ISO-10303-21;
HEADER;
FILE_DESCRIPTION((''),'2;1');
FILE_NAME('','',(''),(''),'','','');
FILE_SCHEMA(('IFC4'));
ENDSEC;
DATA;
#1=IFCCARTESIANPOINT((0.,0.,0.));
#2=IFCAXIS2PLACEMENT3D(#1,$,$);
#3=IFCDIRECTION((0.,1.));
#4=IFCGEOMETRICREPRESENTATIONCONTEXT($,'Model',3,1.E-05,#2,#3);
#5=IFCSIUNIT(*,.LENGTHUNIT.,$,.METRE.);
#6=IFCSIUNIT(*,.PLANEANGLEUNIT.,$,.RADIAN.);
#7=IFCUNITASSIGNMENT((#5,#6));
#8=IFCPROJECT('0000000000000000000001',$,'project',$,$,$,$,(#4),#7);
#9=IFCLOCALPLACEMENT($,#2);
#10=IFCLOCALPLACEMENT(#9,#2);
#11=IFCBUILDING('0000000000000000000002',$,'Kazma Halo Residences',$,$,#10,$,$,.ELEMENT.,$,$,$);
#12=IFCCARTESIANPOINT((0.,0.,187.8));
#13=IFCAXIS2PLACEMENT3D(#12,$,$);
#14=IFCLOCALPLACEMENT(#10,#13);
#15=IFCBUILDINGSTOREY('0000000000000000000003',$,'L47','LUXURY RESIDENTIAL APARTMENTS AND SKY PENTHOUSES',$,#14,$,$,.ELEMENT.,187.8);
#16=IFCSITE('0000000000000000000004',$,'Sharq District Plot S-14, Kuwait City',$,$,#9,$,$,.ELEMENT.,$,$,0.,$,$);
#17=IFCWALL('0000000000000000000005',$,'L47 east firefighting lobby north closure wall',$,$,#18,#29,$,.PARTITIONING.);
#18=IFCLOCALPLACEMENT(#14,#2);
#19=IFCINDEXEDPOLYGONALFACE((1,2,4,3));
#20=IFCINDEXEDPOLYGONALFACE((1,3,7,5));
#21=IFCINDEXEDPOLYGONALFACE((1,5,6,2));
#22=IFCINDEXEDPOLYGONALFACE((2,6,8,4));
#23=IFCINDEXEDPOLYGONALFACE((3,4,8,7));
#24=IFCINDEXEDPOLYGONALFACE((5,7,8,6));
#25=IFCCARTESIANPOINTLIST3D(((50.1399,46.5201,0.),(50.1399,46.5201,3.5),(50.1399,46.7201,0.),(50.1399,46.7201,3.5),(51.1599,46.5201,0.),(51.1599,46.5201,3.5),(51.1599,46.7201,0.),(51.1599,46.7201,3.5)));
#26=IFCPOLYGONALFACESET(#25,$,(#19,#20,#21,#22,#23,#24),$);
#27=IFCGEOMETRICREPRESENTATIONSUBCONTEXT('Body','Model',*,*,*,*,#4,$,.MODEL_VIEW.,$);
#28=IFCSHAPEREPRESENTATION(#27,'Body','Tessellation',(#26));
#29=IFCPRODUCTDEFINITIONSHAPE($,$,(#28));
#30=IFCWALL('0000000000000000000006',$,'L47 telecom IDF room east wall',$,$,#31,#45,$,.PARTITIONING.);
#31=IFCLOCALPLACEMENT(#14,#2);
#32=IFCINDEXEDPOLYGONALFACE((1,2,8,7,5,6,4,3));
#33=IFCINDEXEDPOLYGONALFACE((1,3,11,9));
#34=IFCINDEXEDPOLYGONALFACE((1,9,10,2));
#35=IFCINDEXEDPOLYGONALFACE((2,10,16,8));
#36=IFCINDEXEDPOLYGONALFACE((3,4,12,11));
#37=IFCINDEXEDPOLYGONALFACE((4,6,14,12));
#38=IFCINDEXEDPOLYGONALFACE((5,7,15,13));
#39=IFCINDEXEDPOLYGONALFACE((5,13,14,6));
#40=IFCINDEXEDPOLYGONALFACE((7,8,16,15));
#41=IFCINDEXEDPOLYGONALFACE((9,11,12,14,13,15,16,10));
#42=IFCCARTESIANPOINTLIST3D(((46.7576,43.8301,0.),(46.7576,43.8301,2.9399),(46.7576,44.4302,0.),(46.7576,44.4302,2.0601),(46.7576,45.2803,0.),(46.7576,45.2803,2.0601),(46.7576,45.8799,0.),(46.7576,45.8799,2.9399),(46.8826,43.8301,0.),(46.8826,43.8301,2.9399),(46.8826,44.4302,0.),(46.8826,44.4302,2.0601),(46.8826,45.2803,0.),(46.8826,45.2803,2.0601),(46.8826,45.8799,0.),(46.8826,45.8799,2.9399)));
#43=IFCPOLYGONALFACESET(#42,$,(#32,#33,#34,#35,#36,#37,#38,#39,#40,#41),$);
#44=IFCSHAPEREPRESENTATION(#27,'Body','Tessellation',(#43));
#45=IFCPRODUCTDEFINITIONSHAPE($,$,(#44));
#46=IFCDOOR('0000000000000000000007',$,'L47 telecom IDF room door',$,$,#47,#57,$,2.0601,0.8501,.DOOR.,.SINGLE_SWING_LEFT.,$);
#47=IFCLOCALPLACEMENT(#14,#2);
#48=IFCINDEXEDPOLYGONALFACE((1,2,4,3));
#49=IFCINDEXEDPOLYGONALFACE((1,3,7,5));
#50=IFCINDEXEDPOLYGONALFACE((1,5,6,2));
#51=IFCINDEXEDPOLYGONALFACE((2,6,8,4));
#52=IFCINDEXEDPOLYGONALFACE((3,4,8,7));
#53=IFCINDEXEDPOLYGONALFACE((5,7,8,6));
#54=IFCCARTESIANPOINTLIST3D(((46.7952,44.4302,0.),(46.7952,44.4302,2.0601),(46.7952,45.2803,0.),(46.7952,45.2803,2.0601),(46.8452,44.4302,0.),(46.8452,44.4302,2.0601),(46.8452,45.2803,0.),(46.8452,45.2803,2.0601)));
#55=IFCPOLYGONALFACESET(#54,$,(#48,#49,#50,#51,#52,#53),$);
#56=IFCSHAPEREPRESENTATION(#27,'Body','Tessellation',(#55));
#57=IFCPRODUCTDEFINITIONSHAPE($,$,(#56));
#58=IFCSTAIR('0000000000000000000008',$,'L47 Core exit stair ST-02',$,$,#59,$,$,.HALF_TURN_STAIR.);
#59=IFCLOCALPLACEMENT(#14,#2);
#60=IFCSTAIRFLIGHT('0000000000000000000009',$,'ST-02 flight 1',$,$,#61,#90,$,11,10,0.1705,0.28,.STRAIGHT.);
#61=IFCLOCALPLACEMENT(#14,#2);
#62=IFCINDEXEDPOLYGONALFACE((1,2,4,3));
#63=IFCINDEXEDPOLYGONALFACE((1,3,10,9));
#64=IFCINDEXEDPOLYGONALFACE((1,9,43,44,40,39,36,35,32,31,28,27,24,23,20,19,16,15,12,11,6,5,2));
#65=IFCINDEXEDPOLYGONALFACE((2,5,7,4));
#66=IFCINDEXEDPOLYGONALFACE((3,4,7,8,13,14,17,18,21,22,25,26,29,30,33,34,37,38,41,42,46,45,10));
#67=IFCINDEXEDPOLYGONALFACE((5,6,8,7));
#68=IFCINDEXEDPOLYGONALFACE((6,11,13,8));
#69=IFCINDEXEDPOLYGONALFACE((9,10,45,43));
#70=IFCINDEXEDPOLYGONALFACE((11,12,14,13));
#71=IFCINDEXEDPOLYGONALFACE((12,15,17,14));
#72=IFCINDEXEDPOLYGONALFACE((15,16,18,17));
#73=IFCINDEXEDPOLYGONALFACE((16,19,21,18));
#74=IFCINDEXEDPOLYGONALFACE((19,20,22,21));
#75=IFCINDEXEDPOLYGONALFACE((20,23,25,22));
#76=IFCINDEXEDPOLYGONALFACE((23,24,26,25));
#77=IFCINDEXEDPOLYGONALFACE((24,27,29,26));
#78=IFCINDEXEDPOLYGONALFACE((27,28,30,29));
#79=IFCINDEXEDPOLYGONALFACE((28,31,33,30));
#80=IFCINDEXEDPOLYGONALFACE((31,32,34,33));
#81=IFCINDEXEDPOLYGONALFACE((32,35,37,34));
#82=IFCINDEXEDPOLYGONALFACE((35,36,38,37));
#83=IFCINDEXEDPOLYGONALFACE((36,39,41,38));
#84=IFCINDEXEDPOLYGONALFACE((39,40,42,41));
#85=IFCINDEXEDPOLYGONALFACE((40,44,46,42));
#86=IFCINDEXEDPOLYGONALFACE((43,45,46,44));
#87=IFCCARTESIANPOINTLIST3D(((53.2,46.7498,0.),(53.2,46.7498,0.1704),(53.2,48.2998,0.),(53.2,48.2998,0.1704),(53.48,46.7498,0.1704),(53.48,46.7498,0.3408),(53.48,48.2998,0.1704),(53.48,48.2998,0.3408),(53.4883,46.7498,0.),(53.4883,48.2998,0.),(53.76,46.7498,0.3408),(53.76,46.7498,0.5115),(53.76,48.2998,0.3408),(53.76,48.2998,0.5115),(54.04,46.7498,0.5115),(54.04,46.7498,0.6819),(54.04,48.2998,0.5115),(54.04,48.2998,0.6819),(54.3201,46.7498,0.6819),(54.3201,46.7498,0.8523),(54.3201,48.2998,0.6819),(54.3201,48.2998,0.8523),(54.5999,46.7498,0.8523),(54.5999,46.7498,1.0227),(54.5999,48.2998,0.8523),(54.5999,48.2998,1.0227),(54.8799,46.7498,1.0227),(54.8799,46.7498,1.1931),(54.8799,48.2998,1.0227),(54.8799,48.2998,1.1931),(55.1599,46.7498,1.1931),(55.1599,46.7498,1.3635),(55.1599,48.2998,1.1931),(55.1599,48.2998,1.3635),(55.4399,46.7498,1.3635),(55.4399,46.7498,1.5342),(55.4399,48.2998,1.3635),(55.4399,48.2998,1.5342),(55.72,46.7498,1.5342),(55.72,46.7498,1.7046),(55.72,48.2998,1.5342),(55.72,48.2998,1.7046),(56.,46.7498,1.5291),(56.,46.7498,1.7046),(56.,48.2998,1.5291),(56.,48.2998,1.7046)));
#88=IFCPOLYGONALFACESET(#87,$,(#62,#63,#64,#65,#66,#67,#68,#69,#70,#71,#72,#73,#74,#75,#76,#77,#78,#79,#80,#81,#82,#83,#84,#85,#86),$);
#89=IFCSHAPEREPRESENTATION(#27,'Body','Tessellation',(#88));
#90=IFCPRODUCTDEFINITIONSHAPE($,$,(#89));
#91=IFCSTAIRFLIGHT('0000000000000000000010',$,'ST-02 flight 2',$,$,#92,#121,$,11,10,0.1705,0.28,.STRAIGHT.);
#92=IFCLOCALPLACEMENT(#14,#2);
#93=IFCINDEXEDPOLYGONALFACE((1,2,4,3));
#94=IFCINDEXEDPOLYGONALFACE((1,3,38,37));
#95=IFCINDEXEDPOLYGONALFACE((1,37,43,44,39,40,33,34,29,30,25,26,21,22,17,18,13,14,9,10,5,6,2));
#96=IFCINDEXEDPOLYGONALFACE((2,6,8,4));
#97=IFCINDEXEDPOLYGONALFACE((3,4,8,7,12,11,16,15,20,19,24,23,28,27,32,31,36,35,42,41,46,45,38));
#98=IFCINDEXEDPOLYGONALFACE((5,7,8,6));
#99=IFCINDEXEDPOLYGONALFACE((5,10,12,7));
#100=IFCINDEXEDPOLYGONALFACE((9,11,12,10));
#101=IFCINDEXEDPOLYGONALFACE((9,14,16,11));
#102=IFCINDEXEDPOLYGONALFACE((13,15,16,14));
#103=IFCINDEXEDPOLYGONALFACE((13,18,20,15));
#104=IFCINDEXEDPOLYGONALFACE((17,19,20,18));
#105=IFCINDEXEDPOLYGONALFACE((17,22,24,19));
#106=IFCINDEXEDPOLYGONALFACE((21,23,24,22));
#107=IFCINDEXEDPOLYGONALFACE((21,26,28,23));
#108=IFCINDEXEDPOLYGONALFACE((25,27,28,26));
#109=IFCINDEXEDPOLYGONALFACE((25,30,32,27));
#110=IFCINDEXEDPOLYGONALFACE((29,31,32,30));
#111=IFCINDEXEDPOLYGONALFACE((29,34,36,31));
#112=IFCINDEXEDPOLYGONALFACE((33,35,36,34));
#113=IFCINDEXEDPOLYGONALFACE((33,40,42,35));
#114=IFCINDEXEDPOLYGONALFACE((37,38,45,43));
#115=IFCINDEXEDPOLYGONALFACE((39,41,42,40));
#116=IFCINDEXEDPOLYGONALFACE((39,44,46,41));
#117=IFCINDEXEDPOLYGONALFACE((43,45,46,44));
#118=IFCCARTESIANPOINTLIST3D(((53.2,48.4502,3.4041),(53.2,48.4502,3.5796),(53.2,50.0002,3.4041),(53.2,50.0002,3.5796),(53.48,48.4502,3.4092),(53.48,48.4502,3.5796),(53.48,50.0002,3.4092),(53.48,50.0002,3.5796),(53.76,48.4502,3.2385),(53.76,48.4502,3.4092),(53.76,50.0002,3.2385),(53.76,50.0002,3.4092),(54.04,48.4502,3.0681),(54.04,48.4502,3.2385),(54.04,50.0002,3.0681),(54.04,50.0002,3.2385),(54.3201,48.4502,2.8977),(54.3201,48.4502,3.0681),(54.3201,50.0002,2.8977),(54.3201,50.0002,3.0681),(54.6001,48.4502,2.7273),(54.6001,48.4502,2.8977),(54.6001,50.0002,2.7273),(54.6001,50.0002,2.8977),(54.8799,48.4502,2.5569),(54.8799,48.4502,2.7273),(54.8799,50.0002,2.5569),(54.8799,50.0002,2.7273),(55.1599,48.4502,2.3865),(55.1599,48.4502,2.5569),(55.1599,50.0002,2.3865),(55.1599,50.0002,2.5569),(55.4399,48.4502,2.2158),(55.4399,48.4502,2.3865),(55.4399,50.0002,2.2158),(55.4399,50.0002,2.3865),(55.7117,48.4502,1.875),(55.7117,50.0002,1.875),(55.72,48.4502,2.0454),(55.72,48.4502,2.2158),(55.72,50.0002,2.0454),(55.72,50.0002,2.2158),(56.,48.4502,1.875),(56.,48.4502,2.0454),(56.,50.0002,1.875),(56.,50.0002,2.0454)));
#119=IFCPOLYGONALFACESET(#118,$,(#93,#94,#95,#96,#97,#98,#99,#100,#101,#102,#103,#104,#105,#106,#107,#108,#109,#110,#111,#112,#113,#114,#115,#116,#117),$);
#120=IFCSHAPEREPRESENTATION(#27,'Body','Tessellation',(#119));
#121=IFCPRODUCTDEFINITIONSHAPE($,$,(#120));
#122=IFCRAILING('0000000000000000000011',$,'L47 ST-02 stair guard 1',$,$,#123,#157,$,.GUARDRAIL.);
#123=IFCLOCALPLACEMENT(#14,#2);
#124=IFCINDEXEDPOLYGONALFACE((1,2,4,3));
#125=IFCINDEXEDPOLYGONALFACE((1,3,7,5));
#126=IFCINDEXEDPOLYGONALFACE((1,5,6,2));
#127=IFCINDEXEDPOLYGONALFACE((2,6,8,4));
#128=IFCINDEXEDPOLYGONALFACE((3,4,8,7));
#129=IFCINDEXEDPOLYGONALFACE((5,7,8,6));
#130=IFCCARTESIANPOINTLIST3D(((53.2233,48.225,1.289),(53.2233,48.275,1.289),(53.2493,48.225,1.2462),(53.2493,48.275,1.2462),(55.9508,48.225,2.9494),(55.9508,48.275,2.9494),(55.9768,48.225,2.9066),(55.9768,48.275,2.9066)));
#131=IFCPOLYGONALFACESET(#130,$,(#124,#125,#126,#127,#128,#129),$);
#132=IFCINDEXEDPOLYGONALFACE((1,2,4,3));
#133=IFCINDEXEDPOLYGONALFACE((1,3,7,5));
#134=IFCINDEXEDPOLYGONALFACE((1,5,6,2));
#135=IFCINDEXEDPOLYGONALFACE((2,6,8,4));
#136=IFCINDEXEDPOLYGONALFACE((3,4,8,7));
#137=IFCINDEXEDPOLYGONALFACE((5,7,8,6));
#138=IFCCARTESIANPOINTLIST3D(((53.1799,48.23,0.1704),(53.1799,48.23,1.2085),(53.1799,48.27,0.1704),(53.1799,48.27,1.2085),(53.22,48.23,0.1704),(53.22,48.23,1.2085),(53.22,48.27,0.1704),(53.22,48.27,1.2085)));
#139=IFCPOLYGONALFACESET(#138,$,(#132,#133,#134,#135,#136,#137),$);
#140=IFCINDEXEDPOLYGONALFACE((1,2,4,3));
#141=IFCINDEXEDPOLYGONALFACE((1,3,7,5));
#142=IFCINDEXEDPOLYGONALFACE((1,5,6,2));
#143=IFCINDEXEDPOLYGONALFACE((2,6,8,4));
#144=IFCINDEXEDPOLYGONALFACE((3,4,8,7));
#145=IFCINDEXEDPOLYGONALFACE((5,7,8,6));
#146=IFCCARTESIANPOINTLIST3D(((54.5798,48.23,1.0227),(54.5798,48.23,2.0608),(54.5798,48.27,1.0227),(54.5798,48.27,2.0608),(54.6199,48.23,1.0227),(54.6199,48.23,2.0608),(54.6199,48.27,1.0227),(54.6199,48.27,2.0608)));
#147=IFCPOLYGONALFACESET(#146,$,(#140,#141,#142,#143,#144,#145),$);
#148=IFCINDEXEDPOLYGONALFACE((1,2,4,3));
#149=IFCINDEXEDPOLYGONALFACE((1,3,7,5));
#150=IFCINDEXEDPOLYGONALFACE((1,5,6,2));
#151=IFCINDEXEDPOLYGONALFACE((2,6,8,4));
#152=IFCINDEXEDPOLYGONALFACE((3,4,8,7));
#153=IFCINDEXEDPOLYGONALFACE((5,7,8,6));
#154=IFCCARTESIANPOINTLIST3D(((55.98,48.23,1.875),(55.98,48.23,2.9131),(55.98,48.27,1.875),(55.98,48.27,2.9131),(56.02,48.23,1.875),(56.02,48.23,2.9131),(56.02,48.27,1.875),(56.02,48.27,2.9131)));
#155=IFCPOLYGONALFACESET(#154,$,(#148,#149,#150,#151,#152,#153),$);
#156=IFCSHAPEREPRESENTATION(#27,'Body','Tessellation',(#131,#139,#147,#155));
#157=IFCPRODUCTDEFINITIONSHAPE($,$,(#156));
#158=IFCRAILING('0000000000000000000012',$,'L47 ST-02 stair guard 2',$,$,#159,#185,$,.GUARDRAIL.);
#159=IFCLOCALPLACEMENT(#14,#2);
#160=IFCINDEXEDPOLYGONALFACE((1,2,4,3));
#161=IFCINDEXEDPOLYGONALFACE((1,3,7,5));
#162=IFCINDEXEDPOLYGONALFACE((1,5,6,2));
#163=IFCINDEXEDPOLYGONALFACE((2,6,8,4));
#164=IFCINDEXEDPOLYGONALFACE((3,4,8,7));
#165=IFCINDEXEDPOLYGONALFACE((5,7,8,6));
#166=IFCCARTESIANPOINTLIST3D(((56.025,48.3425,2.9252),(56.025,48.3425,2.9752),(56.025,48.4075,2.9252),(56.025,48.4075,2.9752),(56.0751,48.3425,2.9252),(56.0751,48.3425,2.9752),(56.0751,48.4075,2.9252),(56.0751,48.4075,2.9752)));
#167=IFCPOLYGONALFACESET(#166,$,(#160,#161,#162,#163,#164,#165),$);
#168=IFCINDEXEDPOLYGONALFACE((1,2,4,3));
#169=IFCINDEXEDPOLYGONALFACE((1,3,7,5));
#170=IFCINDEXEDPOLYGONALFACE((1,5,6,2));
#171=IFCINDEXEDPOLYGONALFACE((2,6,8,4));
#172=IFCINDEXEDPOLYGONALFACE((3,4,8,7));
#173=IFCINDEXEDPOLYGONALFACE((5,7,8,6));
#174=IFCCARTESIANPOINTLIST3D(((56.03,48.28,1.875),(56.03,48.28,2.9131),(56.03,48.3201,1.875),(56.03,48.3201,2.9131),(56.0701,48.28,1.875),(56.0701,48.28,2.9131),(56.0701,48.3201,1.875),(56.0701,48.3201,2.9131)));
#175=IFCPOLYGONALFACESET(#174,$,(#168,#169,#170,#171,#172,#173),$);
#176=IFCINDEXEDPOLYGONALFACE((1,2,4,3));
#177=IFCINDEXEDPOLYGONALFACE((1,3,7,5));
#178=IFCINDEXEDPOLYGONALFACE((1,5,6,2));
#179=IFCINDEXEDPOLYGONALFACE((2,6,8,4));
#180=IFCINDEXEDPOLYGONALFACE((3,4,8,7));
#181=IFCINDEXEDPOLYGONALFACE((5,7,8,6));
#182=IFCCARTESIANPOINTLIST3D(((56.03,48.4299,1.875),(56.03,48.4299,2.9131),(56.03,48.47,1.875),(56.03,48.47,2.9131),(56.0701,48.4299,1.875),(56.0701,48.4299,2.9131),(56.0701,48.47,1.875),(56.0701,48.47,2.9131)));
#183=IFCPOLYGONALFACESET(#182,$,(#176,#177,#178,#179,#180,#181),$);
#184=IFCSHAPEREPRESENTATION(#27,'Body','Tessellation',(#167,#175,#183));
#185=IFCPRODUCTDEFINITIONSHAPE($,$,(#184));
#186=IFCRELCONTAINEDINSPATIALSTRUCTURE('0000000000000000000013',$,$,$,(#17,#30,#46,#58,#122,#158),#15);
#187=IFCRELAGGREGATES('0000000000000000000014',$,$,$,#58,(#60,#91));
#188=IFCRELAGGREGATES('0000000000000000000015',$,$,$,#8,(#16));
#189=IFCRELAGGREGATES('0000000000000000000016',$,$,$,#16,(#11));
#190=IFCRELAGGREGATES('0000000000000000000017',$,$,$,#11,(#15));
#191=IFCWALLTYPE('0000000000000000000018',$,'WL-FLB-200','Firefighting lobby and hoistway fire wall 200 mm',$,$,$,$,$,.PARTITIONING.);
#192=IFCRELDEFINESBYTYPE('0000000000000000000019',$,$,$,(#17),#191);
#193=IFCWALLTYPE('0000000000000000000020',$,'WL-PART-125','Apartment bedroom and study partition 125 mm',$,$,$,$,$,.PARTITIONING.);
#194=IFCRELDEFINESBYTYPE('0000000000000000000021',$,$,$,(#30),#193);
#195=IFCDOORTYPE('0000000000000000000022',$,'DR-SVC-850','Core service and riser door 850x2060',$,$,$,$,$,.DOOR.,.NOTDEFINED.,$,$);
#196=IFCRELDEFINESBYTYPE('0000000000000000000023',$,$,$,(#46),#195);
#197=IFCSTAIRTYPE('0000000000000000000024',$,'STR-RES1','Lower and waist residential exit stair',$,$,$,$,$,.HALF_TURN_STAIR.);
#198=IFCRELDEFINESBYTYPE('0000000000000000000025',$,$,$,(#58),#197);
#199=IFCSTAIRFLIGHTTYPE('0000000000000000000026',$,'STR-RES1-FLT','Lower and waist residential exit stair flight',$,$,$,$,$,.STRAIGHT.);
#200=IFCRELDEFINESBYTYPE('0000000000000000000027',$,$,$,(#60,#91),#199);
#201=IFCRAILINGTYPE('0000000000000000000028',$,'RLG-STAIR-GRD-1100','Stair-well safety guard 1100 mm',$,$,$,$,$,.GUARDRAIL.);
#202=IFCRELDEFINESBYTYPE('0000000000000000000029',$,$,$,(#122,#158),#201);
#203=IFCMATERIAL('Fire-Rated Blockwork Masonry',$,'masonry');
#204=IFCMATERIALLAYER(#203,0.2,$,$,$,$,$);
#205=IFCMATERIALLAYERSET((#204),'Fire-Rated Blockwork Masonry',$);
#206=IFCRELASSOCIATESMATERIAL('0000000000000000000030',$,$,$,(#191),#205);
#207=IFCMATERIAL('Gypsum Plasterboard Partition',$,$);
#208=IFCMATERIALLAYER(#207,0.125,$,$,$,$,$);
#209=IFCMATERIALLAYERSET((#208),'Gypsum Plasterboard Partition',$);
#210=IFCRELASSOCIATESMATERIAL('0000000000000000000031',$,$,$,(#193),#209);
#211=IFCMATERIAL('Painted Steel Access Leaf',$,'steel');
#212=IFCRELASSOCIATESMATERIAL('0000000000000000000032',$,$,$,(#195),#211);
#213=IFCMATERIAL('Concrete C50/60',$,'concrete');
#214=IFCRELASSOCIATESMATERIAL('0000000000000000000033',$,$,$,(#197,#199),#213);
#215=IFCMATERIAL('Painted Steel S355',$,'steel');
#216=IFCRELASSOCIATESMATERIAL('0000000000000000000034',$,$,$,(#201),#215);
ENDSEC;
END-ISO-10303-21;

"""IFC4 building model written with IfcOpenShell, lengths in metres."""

from ifc_helpers import new_model, si_unit, direction, frame, frame_2d, origin, origin_2d, place, context, subcontext, project, spatial, polyline, rectangle, outline, extrude, material, layer, layer_set, type_object, element, fill, aggregate, save


model = new_model("IFC4")

# Units and contexts
model_context = context("Model", 3, precision=1e-05, world=origin(), true_north=direction((0.0, 1.0)))
body_context = subcontext(model_context, "Body", "Model", "MODEL_VIEW")
ifc_project = project(units=[si_unit("LENGTHUNIT", "METRE"), si_unit("PLANEANGLEUNIT", "RADIAN")], contexts=[model_context])

# Site, building, storey
site_placement = place(None, origin())
site = spatial("IfcSite", under=ifc_project, at=site_placement, Name="Sharq District Plot S-14, Kuwait City", CompositionType="ELEMENT", RefElevation=0.0)
building_placement = place(site_placement, origin())
building = spatial("IfcBuilding", under=site, at=building_placement, Name="Kazma Halo Residences", CompositionType="ELEMENT")
storey_placement = place(building_placement, frame((0.0, 0.0, 187.8)))
storey = spatial("IfcBuildingStorey", under=building, at=storey_placement, Name="L47", Description="LUXURY RESIDENTIAL APARTMENTS AND SKY PENTHOUSES", CompositionType="ELEMENT", Elevation=187.8)

# Shared definitions
ifc_material_1 = material(Name="Fire-Rated Blockwork Masonry", Category="masonry")
ifc_layer_1 = layer(ifc_material_1, 0.2)
ifc_layer_set_1 = layer_set([ifc_layer_1], Name="Fire-Rated Blockwork Masonry")
wall_type_1 = type_object("IfcWallType", Name="WL-FLB-200", Description="Firefighting lobby and hoistway fire wall 200 mm", PredefinedType="PARTITIONING", material=ifc_layer_set_1)

# Wall
wall_1_placement = place(storey_placement, frame((50.1399, 46.6201, 0.0), z_axis=(0.0, 0.0, 1.0), x_axis=(1.0, 0.0, 0.0)))
element("IfcWall", 1, at=wall_1_placement, inside=storey, type_object=wall_type_1, Name="L47 east firefighting lobby north closure wall", PredefinedType="PARTITIONING", context=body_context, shape_type="SweptSolid", body=[
    extrude(rectangle(XDim=1.02, YDim=0.2, at=frame_2d((0.51, 0.0))), origin(), (0.0, 0.0, 1.0), 3.5),
])

# Wall, opening, door
ifc_material_2 = material(Name="Gypsum Plasterboard Partition")
ifc_layer_2 = layer(ifc_material_2, 0.125)
ifc_layer_set_2 = layer_set([ifc_layer_2], Name="Gypsum Plasterboard Partition")
wall_type_2 = type_object("IfcWallType", Name="WL-PART-125", Description="Apartment bedroom and study partition 125 mm", PredefinedType="PARTITIONING", material=ifc_layer_set_2)
wall_2_placement = place(storey_placement, frame((46.8201, 43.8301, 0.0), z_axis=(0.0, 0.0, 1.0), x_axis=(0.0, 1.0, 0.0)))
wall_2 = element("IfcWall", 2, at=wall_2_placement, inside=storey, type_object=wall_type_2, Name="L47 telecom IDF room east wall", PredefinedType="PARTITIONING", context=body_context, shape_type="SweptSolid", body=[
    extrude(rectangle(XDim=2.0498, YDim=0.125, at=frame_2d((1.0249, 0.0))), origin(), (0.0, 0.0, 1.0), 2.9399),
])
opening_1_placement = place(wall_2_placement, frame((0.6001, 0.0, 0.0)))
opening_1 = element("IfcOpeningElement", 3, at=opening_1_placement, cuts=wall_2, PredefinedType="OPENING", context=body_context, shape_type="SweptSolid", body=[
    extrude(rectangle(XDim=0.8501, YDim=2.0601, at=frame_2d((0.425, 1.03))), frame((0.0, 0.0725, 0.0), z_axis=(0.0, -1.0, 0.0), x_axis=(1.0, 0.0, 0.0)), (0.0, 0.0, 1.0), 0.145),
])
ifc_material_3 = material(Name="Painted Steel Access Leaf", Category="steel")
door_type_1 = type_object("IfcDoorType", Name="DR-SVC-850", Description="Core service and riser door 850x2060", OperationType="NOTDEFINED", PredefinedType="DOOR", material=ifc_material_3)
door_1_placement = place(opening_1_placement, origin())
door_1 = element("IfcDoor", 4, at=door_1_placement, inside=storey, type_object=door_type_1, Name="L47 telecom IDF room door", OperationType="SINGLE_SWING_LEFT", OverallHeight=2.0601, OverallWidth=0.8501, PredefinedType="DOOR", context=body_context, shape_type="SweptSolid", body=[
    extrude(rectangle(XDim=0.8501, YDim=2.0601, at=frame_2d((0.425, 1.03))), frame((0.0, 0.0249, 0.0), z_axis=(0.0, -1.0, 0.0), x_axis=(1.0, 0.0, 0.0)), (0.0, 0.0, 1.0), 0.05),
])
fill(opening_1, door_1)
ifc_material_4 = material(Name="Concrete C50/60", Category="concrete")

# Stair, stair flights
stair_type = type_object("IfcStairType", Name="STR-RES1", Description="Lower and waist residential exit stair", PredefinedType="HALF_TURN_STAIR", material=ifc_material_4)
stair_placement = place(storey_placement, origin())
stair = element("IfcStair", 5, at=stair_placement, inside=storey, type_object=stair_type, Name="L47 Core exit stair ST-02", PredefinedType="HALF_TURN_STAIR")
stair_flight_type = type_object("IfcStairFlightType", Name="STR-RES1-FLT", Description="Lower and waist residential exit stair flight", PredefinedType="STRAIGHT", material=ifc_material_4)
stair_flight_1_placement = place(storey_placement, frame((53.2, 47.5249, 0.0), z_axis=(0.0, 0.0, 1.0), x_axis=(1.0, 0.0, 0.0)))
stair_flight_1 = element("IfcStairFlight", 6, at=stair_flight_1_placement, type_object=stair_flight_type, Name="ST-02 flight 1", NumberOfRisers=11, NumberOfTreads=10, PredefinedType="STRAIGHT", RiserHeight=0.1705, TreadLength=0.28, context=body_context, shape_type="SweptSolid", body=[
    extrude(outline(polyline([(0.0, 0.0), (0.0, 0.1704), (0.28, 0.1704), (0.28, 0.3408), (0.5601, 0.3408), (0.5601, 0.5115), (0.8401, 0.5115), (0.8401, 0.6819), (1.1201, 0.6819), (1.1201, 0.8523), (1.3999, 0.8523), (1.3999, 1.0227), (1.6799, 1.0227), (1.6799, 1.1931), (1.96, 1.1931), (1.96, 1.3635), (2.24, 1.3635), (2.24, 1.5342), (2.52, 1.5342), (2.52, 1.7046), (2.8, 1.7046), (2.8, 1.875), (2.8, 1.5291), (0.2883, 0.0), (0.0, 0.0)])), frame((0.0, 0.7749, 0.0), z_axis=(0.0, -1.0, 0.0), x_axis=(1.0, 0.0, 0.0)), (0.0, 0.0, 1.0), 1.55),
])
stair_flight_2_placement = place(storey_placement, frame((56.0, 49.2251, 1.875), z_axis=(0.0, 0.0, 1.0), x_axis=(-1.0, 0.0, 0.0)))
stair_flight_2 = element("IfcStairFlight", 7, at=stair_flight_2_placement, type_object=stair_flight_type, Name="ST-02 flight 2", NumberOfRisers=11, NumberOfTreads=10, PredefinedType="STRAIGHT", RiserHeight=0.1705, TreadLength=0.28, context=body_context, shape_type="SweptSolid", body=[
    extrude(outline(polyline([(0.0, 0.0), (0.0, 0.1704), (0.28, 0.1704), (0.28, 0.3408), (0.5601, 0.3408), (0.5601, 0.5115), (0.8401, 0.5115), (0.8401, 0.6819), (1.1201, 0.6819), (1.1201, 0.8523), (1.3999, 0.8523), (1.3999, 1.0227), (1.6799, 1.0227), (1.6799, 1.1931), (1.96, 1.1931), (1.96, 1.3635), (2.24, 1.3635), (2.24, 1.5342), (2.52, 1.5342), (2.52, 1.7046), (2.8, 1.7046), (2.8, 1.875), (2.8, 1.5291), (0.2883, 0.0), (0.0, 0.0)])), frame((0.0, 0.7749, 0.0), z_axis=(0.0, -1.0, 0.0), x_axis=(1.0, 0.0, 0.0)), (0.0, 0.0, 1.0), 1.55),
])
aggregate(stair, [stair_flight_1, stair_flight_2])

# Railings
ifc_material_5 = material(Name="Painted Steel S355", Category="steel")
railing_type_1 = type_object("IfcRailingType", Name="RLG-STAIR-GRD-1100", Description="Stair-well safety guard 1100 mm", PredefinedType="GUARDRAIL", material=ifc_material_5)
railing_1_placement = place(storey_placement, frame((53.2, 48.25, 0.1704)))
element("IfcRailing", 8, at=railing_1_placement, inside=storey, type_object=railing_type_1, Name="L47 ST-02 stair guard 1", PredefinedType="GUARDRAIL", context=body_context, shape_type="SweptSolid", body=[
    extrude(rectangle(XDim=0.05, YDim=0.05, at=origin_2d()), frame((0.0364, 0.0, 1.0972), z_axis=(0.85417, 0.0, 0.519994), x_axis=(0.0, 1.0, 0.0)), (0.0, 0.0, 1.0), 3.1931),
    extrude(rectangle(XDim=0.04, YDim=0.04, at=origin_2d()), origin(), (0.0, 0.0, 1.0), 1.0381),
    extrude(rectangle(XDim=0.04, YDim=0.04, at=origin_2d()), frame((1.3999, 0.0, 0.8523)), (0.0, 0.0, 1.0), 1.0381),
    extrude(rectangle(XDim=0.04, YDim=0.04, at=origin_2d()), frame((2.8, 0.0, 1.7046)), (0.0, 0.0, 1.0), 1.0381),
])
railing_2_placement = place(storey_placement, frame((56.05, 48.3, 1.875)))
element("IfcRailing", 9, at=railing_2_placement, inside=storey, type_object=railing_type_1, Name="L47 ST-02 stair guard 2", PredefinedType="GUARDRAIL", context=body_context, shape_type="SweptSolid", body=[
    extrude(rectangle(XDim=0.05, YDim=0.05, at=origin_2d()), frame((0.0, 0.0425, 1.0752), z_axis=(0.0, 1.0, 0.0), x_axis=(-1.0, 0.0, 0.0)), (0.0, 0.0, 1.0), 0.0649),
    extrude(rectangle(XDim=0.04, YDim=0.04, at=origin_2d()), origin(), (0.0, 0.0, 1.0), 1.0381),
    extrude(rectangle(XDim=0.04, YDim=0.04, at=origin_2d()), frame((0.0, 0.1499, 0.0)), (0.0, 0.0, 1.0), 1.0381),
])

save(model, "model.ifc")
